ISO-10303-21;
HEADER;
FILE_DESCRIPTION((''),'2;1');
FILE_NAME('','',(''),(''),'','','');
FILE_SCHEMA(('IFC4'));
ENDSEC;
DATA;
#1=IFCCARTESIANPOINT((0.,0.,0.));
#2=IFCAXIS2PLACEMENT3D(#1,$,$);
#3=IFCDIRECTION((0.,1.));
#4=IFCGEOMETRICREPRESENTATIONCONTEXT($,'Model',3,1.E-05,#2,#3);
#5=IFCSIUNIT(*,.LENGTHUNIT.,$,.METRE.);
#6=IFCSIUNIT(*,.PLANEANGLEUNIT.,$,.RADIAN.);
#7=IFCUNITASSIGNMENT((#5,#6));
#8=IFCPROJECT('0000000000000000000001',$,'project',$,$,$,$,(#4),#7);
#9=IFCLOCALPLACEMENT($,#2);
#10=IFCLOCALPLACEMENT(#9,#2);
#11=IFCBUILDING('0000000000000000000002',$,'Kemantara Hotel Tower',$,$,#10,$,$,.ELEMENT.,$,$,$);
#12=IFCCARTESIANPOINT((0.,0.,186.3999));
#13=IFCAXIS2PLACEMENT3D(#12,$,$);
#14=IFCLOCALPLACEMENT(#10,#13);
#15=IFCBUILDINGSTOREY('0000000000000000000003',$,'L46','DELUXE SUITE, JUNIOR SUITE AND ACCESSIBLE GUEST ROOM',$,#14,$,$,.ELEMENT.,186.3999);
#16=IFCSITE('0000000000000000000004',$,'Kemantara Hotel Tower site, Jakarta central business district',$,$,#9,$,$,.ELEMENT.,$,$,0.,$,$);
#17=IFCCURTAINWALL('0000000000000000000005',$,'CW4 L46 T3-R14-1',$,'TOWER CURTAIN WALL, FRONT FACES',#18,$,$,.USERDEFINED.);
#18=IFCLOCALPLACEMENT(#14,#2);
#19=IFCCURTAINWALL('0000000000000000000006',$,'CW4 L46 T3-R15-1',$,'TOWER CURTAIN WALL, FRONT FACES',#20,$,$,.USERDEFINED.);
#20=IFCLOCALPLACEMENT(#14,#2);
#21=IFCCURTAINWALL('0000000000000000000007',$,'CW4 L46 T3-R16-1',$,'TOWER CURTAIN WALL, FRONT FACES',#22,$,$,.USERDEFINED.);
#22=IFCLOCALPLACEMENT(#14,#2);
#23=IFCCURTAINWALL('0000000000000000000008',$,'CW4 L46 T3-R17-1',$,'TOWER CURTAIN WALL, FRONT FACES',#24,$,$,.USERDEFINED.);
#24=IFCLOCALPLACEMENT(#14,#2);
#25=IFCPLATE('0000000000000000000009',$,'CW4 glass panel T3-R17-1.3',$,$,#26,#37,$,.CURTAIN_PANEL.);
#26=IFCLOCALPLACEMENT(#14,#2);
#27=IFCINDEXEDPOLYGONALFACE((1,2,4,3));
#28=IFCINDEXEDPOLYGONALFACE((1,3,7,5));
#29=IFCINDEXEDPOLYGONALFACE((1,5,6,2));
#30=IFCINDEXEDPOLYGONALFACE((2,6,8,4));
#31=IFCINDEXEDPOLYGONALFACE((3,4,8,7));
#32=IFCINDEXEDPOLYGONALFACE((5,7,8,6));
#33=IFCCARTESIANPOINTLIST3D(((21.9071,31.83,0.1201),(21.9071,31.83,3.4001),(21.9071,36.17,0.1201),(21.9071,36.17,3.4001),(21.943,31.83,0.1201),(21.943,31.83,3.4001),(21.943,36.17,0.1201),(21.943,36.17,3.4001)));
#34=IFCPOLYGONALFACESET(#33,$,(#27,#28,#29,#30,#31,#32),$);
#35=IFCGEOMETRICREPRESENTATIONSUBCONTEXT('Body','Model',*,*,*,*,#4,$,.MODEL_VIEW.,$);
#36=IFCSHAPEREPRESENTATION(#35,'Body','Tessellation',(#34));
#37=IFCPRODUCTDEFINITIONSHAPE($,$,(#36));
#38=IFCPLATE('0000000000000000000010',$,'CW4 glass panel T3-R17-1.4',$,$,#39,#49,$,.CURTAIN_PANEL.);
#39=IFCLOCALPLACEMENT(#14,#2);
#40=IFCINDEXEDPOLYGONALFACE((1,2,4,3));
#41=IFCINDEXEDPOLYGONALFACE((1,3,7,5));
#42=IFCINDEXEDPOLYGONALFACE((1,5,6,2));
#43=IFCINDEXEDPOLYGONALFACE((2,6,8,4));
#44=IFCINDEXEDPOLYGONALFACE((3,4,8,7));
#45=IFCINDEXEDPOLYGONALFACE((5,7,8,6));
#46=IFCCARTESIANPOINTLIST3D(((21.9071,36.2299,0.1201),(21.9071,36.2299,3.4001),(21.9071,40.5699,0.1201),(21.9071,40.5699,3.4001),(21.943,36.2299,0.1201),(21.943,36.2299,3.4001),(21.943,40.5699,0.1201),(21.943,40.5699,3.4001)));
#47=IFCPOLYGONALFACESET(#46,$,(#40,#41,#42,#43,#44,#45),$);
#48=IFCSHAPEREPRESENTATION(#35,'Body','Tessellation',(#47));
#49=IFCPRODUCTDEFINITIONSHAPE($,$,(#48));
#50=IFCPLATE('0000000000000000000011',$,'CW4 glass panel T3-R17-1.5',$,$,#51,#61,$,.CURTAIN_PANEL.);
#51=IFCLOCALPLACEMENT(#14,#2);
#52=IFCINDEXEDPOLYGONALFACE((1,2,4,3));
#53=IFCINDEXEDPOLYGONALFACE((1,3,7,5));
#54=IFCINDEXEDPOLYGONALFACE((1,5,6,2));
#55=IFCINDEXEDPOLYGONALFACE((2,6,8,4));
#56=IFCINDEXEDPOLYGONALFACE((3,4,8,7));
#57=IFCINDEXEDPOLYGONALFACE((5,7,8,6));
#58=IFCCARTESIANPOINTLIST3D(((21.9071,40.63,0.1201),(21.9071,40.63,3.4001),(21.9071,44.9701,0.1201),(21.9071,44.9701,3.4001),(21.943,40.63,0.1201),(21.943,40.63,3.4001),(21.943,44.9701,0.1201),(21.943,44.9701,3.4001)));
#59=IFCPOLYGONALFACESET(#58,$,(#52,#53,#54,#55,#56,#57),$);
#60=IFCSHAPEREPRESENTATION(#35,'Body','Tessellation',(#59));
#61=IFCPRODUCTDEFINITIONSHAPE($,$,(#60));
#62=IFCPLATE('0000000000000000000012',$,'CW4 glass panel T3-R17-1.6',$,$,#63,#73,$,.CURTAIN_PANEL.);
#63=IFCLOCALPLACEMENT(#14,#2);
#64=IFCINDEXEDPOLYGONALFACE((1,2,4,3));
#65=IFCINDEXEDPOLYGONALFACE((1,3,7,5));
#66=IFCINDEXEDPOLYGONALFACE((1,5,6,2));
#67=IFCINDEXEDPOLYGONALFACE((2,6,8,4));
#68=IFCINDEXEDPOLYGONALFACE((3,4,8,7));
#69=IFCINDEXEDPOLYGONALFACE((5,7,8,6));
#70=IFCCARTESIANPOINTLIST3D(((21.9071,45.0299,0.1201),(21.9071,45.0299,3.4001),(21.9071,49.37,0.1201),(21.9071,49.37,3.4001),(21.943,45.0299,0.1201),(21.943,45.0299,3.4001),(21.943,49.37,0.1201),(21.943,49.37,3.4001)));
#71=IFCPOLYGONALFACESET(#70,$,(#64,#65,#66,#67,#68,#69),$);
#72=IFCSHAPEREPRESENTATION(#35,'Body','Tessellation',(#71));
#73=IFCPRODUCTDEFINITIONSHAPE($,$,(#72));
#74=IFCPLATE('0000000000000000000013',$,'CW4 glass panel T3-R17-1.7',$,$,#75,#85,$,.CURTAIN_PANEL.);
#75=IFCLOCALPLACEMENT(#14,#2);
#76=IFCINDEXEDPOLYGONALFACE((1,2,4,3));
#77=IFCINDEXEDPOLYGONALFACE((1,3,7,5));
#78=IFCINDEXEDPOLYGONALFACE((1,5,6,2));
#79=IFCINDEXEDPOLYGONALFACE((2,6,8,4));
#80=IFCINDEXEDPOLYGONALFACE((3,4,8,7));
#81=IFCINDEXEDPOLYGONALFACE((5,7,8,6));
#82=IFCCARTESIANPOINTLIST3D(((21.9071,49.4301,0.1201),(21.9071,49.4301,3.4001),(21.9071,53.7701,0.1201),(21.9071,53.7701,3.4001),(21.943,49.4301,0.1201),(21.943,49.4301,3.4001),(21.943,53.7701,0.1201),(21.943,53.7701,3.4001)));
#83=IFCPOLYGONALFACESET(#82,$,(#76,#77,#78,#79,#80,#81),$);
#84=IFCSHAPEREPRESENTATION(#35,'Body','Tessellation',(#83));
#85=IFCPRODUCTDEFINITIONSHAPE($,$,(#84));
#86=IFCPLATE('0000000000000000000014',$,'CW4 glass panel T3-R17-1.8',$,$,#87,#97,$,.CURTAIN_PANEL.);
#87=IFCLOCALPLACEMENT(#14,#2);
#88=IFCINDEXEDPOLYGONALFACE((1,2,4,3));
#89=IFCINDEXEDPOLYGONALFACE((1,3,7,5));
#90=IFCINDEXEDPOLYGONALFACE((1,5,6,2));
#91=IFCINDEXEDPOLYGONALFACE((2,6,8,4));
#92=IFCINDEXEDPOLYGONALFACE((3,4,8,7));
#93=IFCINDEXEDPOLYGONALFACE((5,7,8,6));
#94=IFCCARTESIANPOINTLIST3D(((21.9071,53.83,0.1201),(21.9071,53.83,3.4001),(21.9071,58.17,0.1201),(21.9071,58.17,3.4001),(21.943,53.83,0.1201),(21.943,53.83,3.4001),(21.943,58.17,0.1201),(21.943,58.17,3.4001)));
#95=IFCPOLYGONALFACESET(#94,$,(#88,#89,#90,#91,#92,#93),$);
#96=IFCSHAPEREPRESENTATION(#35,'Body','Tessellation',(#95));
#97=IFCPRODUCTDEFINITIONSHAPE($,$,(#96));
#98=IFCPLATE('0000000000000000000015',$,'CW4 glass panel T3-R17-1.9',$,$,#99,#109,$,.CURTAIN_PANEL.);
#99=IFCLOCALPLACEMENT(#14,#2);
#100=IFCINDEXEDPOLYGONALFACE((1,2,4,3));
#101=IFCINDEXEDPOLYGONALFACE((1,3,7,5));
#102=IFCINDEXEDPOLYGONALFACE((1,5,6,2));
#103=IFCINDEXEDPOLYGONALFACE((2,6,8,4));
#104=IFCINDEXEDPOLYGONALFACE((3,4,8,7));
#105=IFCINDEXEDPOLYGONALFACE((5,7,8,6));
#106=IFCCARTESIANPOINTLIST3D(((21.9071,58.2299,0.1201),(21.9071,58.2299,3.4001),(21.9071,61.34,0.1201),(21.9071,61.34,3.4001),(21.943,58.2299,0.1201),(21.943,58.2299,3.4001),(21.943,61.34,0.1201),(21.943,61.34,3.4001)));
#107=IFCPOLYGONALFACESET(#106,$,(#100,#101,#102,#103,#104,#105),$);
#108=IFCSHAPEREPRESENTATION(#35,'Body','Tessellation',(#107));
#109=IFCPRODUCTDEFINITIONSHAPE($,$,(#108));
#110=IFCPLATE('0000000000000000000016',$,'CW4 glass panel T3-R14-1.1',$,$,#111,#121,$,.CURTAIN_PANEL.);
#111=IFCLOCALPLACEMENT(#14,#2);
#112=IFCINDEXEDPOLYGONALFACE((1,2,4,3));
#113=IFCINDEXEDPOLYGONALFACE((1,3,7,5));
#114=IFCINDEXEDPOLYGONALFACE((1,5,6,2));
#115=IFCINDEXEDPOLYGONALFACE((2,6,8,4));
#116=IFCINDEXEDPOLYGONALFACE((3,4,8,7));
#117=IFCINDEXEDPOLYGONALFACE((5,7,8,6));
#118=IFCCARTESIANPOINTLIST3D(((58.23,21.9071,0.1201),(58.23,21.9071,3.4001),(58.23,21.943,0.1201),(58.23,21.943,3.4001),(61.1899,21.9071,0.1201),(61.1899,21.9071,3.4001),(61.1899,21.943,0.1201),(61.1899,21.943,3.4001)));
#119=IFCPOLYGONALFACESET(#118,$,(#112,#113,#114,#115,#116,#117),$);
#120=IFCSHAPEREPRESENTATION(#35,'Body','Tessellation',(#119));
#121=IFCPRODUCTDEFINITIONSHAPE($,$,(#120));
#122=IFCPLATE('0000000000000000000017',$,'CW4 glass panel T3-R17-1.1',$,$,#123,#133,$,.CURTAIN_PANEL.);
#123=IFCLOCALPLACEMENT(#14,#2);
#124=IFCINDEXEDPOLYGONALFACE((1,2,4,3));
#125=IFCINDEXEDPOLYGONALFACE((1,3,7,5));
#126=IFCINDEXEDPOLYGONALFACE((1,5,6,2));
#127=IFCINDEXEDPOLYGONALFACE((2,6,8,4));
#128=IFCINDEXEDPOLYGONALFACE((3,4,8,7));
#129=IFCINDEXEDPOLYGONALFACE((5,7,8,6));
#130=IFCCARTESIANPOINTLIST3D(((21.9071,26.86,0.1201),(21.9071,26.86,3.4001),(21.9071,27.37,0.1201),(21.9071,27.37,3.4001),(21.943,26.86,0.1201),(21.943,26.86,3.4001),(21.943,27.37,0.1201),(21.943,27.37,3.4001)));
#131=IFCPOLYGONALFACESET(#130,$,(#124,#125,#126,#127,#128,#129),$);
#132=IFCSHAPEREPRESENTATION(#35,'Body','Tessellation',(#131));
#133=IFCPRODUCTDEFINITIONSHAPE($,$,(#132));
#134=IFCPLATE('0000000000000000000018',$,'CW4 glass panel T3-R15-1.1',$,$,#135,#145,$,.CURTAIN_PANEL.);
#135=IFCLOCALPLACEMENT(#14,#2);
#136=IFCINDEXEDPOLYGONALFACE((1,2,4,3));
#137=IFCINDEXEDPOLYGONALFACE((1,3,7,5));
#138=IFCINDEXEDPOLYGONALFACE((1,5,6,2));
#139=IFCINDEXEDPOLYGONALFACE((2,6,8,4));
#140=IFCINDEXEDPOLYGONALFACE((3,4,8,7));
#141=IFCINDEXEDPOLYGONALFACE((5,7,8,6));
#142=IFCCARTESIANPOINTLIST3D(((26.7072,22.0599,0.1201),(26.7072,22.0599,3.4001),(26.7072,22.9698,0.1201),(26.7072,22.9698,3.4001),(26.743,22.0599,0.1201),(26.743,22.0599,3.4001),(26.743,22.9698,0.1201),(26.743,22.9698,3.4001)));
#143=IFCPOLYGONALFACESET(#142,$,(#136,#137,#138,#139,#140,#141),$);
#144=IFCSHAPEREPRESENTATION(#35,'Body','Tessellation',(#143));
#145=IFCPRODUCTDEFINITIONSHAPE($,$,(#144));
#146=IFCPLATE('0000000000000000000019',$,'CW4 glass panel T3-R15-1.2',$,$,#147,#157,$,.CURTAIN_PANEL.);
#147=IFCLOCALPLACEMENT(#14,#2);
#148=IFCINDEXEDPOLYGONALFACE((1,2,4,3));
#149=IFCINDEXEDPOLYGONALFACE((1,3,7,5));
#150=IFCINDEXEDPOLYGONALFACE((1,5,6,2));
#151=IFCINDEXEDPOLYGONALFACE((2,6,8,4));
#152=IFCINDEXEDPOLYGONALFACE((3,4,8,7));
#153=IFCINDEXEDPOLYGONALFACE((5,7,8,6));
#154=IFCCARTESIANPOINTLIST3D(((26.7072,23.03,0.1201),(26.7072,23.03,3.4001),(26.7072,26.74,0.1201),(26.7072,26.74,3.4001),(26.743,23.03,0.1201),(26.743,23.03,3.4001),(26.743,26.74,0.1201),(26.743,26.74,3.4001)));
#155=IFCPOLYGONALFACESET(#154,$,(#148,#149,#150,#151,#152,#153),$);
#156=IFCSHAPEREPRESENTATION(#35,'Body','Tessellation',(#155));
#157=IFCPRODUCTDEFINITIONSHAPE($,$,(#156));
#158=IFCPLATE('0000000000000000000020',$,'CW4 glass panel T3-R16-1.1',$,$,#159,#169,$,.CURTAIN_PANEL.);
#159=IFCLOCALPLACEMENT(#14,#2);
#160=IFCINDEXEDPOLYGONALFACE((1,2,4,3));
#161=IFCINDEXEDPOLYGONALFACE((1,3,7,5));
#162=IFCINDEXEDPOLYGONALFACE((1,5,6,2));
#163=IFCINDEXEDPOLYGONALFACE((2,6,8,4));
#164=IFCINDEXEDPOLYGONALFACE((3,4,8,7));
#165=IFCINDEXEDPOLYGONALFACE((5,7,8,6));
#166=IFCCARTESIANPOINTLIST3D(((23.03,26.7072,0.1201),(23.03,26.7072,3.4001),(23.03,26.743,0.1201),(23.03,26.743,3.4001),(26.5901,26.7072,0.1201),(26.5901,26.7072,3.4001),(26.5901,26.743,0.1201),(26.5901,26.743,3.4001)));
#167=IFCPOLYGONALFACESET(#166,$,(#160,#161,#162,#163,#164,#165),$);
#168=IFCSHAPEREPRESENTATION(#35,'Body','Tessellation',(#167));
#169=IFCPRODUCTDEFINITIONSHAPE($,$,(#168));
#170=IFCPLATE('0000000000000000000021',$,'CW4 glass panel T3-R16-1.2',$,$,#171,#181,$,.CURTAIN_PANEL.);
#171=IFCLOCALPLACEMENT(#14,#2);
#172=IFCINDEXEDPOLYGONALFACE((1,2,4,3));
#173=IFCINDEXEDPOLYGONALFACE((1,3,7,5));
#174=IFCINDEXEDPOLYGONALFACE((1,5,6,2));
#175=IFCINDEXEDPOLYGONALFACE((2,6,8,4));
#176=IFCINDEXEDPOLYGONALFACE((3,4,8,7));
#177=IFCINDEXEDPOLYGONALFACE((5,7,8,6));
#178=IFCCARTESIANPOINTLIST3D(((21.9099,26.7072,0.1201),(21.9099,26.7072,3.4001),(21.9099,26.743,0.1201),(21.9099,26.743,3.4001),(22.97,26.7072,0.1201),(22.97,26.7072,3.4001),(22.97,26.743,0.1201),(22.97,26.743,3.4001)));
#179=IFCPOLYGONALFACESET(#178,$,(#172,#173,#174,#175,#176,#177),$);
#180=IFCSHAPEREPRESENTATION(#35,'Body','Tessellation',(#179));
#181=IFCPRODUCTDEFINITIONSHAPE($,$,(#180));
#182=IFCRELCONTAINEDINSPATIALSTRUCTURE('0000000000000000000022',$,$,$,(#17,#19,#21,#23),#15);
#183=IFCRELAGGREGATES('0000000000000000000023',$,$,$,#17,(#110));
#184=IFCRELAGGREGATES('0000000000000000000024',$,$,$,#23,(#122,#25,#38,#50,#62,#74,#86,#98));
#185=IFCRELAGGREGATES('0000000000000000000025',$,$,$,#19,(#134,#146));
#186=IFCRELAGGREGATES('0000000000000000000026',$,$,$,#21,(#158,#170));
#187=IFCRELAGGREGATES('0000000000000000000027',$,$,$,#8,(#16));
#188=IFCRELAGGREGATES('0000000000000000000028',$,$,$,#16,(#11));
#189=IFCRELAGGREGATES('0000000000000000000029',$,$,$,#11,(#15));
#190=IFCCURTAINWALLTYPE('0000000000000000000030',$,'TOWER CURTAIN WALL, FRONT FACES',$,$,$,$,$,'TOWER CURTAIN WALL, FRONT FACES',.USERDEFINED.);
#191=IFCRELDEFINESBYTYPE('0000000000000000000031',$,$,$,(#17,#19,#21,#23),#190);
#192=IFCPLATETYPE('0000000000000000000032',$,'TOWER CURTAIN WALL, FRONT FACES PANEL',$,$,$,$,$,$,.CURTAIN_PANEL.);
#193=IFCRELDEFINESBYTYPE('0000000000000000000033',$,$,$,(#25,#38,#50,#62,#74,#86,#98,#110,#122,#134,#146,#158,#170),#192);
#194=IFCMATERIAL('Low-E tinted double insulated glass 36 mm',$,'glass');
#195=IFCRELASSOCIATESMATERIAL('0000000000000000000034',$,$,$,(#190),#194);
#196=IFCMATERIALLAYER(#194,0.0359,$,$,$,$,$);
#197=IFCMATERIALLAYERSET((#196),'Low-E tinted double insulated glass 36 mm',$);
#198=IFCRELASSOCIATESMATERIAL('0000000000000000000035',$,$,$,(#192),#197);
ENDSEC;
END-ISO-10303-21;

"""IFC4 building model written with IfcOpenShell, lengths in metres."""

from ifc_helpers import new_model, si_unit, direction, frame, origin, origin_2d, place, context, subcontext, project, spatial, rectangle, extrude, source, transform, mapped, material, layer, layer_set, type_object, element, aggregate, save


model = new_model("IFC4")

# Units and contexts
model_context = context("Model", 3, precision=1e-05, world=origin(), true_north=direction((0.0, 1.0)))
body_context = subcontext(model_context, "Body", "Model", "MODEL_VIEW")
ifc_project = project(units=[si_unit("LENGTHUNIT", "METRE"), si_unit("PLANEANGLEUNIT", "RADIAN")], contexts=[model_context])

# Site, building, storey
site_placement = place(None, origin())
site = spatial("IfcSite", under=ifc_project, at=site_placement, Name="Kemantara Hotel Tower site, Jakarta central business district", CompositionType="ELEMENT", RefElevation=0.0)
building_placement = place(site_placement, origin())
building = spatial("IfcBuilding", under=site, at=building_placement, Name="Kemantara Hotel Tower", CompositionType="ELEMENT")
storey_placement = place(building_placement, frame((0.0, 0.0, 186.3999)))
storey = spatial("IfcBuildingStorey", under=building, at=storey_placement, Name="L46", Description="DELUXE SUITE, JUNIOR SUITE AND ACCESSIBLE GUEST ROOM", CompositionType="ELEMENT", Elevation=186.3999)

# Curtain walls
ifc_material_1 = material(Name="Low-E tinted double insulated glass 36 mm", Category="glass")
curtain_wall_type = type_object("IfcCurtainWallType", Name="TOWER CURTAIN WALL, FRONT FACES", ElementType="TOWER CURTAIN WALL, FRONT FACES", PredefinedType="USERDEFINED", material=ifc_material_1)
curtain_wall_1_placement = place(storey_placement, origin())
curtain_wall_1 = element("IfcCurtainWall", 1, at=curtain_wall_1_placement, inside=storey, type_object=curtain_wall_type, Name="CW4 L46 T3-R14-1", ObjectType="TOWER CURTAIN WALL, FRONT FACES", PredefinedType="USERDEFINED")
curtain_wall_2_placement = place(storey_placement, origin())
curtain_wall_2 = element("IfcCurtainWall", 2, at=curtain_wall_2_placement, inside=storey, type_object=curtain_wall_type, Name="CW4 L46 T3-R15-1", ObjectType="TOWER CURTAIN WALL, FRONT FACES", PredefinedType="USERDEFINED")
curtain_wall_3_placement = place(storey_placement, origin())
curtain_wall_3 = element("IfcCurtainWall", 3, at=curtain_wall_3_placement, inside=storey, type_object=curtain_wall_type, Name="CW4 L46 T3-R16-1", ObjectType="TOWER CURTAIN WALL, FRONT FACES", PredefinedType="USERDEFINED")

# Curtain wall
curtain_wall_4_placement = place(storey_placement, origin())
curtain_wall_4 = element("IfcCurtainWall", 4, at=curtain_wall_4_placement, inside=storey, type_object=curtain_wall_type, Name="CW4 L46 T3-R17-1", ObjectType="TOWER CURTAIN WALL, FRONT FACES", PredefinedType="USERDEFINED")

# Plates
ifc_layer_1 = layer(ifc_material_1, 0.0359)
ifc_layer_set_1 = layer_set([ifc_layer_1], Name="Low-E tinted double insulated glass 36 mm")
plate_type = type_object("IfcPlateType", Name="TOWER CURTAIN WALL, FRONT FACES PANEL", PredefinedType="CURTAIN_PANEL", material=ifc_layer_set_1)
shared_shape_1 = source(origin(), body_context, "Body", "SweptSolid", [
    extrude(rectangle(XDim=4.3401, YDim=0.0359, at=origin_2d()), origin(), (0.0, 0.0, 1.0), 3.28),
])
plate_1_placement = place(storey_placement, frame((21.925, 34.0, 0.1201), z_axis=(0.0, 0.0, 1.0), x_axis=(0.0, 1.0, 0.0)))
plate_1 = element("IfcPlate", 5, at=plate_1_placement, type_object=plate_type, Name="CW4 glass panel T3-R17-1.3", PredefinedType="CURTAIN_PANEL", context=body_context, shape_type="MappedRepresentation", body=[
    mapped(shared_shape_1, transform((0.0, 0.0, 0.0))),
])
plate_2_placement = place(storey_placement, frame((21.925, 38.3999, 0.1201), z_axis=(0.0, 0.0, 1.0), x_axis=(0.0, 1.0, 0.0)))
plate_2 = element("IfcPlate", 6, at=plate_2_placement, type_object=plate_type, Name="CW4 glass panel T3-R17-1.4", PredefinedType="CURTAIN_PANEL", context=body_context, shape_type="MappedRepresentation", body=[
    mapped(shared_shape_1, transform((0.0, 0.0, 0.0))),
])
plate_3_placement = place(storey_placement, frame((21.925, 42.8, 0.1201), z_axis=(0.0, 0.0, 1.0), x_axis=(0.0, 1.0, 0.0)))
plate_3 = element("IfcPlate", 7, at=plate_3_placement, type_object=plate_type, Name="CW4 glass panel T3-R17-1.5", PredefinedType="CURTAIN_PANEL", context=body_context, shape_type="MappedRepresentation", body=[
    mapped(shared_shape_1, transform((0.0, 0.0, 0.0))),
])
plate_4_placement = place(storey_placement, frame((21.925, 47.2, 0.1201), z_axis=(0.0, 0.0, 1.0), x_axis=(0.0, 1.0, 0.0)))
plate_4 = element("IfcPlate", 8, at=plate_4_placement, type_object=plate_type, Name="CW4 glass panel T3-R17-1.6", PredefinedType="CURTAIN_PANEL", context=body_context, shape_type="MappedRepresentation", body=[
    mapped(shared_shape_1, transform((0.0, 0.0, 0.0))),
])
plate_5_placement = place(storey_placement, frame((21.925, 51.6001, 0.1201), z_axis=(0.0, 0.0, 1.0), x_axis=(0.0, 1.0, 0.0)))
plate_5 = element("IfcPlate", 9, at=plate_5_placement, type_object=plate_type, Name="CW4 glass panel T3-R17-1.7", PredefinedType="CURTAIN_PANEL", context=body_context, shape_type="MappedRepresentation", body=[
    mapped(shared_shape_1, transform((0.0, 0.0, 0.0))),
])
plate_6_placement = place(storey_placement, frame((21.925, 56.0, 0.1201), z_axis=(0.0, 0.0, 1.0), x_axis=(0.0, 1.0, 0.0)))
plate_6 = element("IfcPlate", 10, at=plate_6_placement, type_object=plate_type, Name="CW4 glass panel T3-R17-1.8", PredefinedType="CURTAIN_PANEL", context=body_context, shape_type="MappedRepresentation", body=[
    mapped(shared_shape_1, transform((0.0, 0.0, 0.0))),
])
shared_shape_2 = source(origin(), body_context, "Body", "SweptSolid", [
    extrude(rectangle(XDim=3.1101, YDim=0.0359, at=origin_2d()), origin(), (0.0, 0.0, 1.0), 3.28),
])
plate_7_placement = place(storey_placement, frame((21.925, 59.7849, 0.1201), z_axis=(0.0, 0.0, 1.0), x_axis=(0.0, 1.0, 0.0)))
plate_7 = element("IfcPlate", 11, at=plate_7_placement, type_object=plate_type, Name="CW4 glass panel T3-R17-1.9", PredefinedType="CURTAIN_PANEL", context=body_context, shape_type="MappedRepresentation", body=[
    mapped(shared_shape_2, transform((0.0, 0.0, 0.0))),
])
shared_shape_3 = source(origin(), body_context, "Body", "SweptSolid", [
    extrude(rectangle(XDim=2.96, YDim=0.0359, at=origin_2d()), origin(), (0.0, 0.0, 1.0), 3.28),
])
plate_8_placement = place(storey_placement, frame((59.71, 21.925, 0.1201), z_axis=(0.0, 0.0, 1.0), x_axis=(-1.0, 0.0, 0.0)))
plate_8 = element("IfcPlate", 12, at=plate_8_placement, type_object=plate_type, Name="CW4 glass panel T3-R14-1.1", PredefinedType="CURTAIN_PANEL", context=body_context, shape_type="MappedRepresentation", body=[
    mapped(shared_shape_3, transform((0.0, 0.0, 0.0))),
])
aggregate(curtain_wall_1, [plate_8])
shared_shape_4 = source(origin(), body_context, "Body", "SweptSolid", [
    extrude(rectangle(XDim=0.51, YDim=0.0359, at=origin_2d()), origin(), (0.0, 0.0, 1.0), 3.28),
])
plate_9_placement = place(storey_placement, frame((21.925, 27.115, 0.1201), z_axis=(0.0, 0.0, 1.0), x_axis=(0.0, 1.0, 0.0)))
plate_9 = element("IfcPlate", 13, at=plate_9_placement, type_object=plate_type, Name="CW4 glass panel T3-R17-1.1", PredefinedType="CURTAIN_PANEL", context=body_context, shape_type="MappedRepresentation", body=[
    mapped(shared_shape_4, transform((0.0, 0.0, 0.0))),
])
aggregate(curtain_wall_4, [plate_9, plate_1, plate_2, plate_3, plate_4, plate_5, plate_6, plate_7])
shared_shape_5 = source(origin(), body_context, "Body", "SweptSolid", [
    extrude(rectangle(XDim=0.9099, YDim=0.0359, at=origin_2d()), origin(), (0.0, 0.0, 1.0), 3.28),
])
plate_10_placement = place(storey_placement, frame((26.7251, 22.5149, 0.1201), z_axis=(0.0, 0.0, 1.0), x_axis=(0.0, 1.0, 0.0)))
plate_10 = element("IfcPlate", 14, at=plate_10_placement, type_object=plate_type, Name="CW4 glass panel T3-R15-1.1", PredefinedType="CURTAIN_PANEL", context=body_context, shape_type="MappedRepresentation", body=[
    mapped(shared_shape_5, transform((0.0, 0.0, 0.0))),
])
shared_shape_6 = source(origin(), body_context, "Body", "SweptSolid", [
    extrude(rectangle(XDim=3.71, YDim=0.0359, at=origin_2d()), origin(), (0.0, 0.0, 1.0), 3.28),
])
plate_11_placement = place(storey_placement, frame((26.7251, 24.885, 0.1201), z_axis=(0.0, 0.0, 1.0), x_axis=(0.0, 1.0, 0.0)))
plate_11 = element("IfcPlate", 15, at=plate_11_placement, type_object=plate_type, Name="CW4 glass panel T3-R15-1.2", PredefinedType="CURTAIN_PANEL", context=body_context, shape_type="MappedRepresentation", body=[
    mapped(shared_shape_6, transform((0.0, 0.0, 0.0))),
])
aggregate(curtain_wall_2, [plate_10, plate_11])
shared_shape_7 = source(origin(), body_context, "Body", "SweptSolid", [
    extrude(rectangle(XDim=3.5601, YDim=0.0359, at=origin_2d()), origin(), (0.0, 0.0, 1.0), 3.28),
])
plate_12_placement = place(storey_placement, frame((24.8101, 26.7251, 0.1201), z_axis=(0.0, 0.0, 1.0), x_axis=(-1.0, 0.0, 0.0)))
plate_12 = element("IfcPlate", 16, at=plate_12_placement, type_object=plate_type, Name="CW4 glass panel T3-R16-1.1", PredefinedType="CURTAIN_PANEL", context=body_context, shape_type="MappedRepresentation", body=[
    mapped(shared_shape_7, transform((0.0, 0.0, 0.0))),
])
shared_shape_8 = source(origin(), body_context, "Body", "SweptSolid", [
    extrude(rectangle(XDim=1.0601, YDim=0.0359, at=origin_2d()), origin(), (0.0, 0.0, 1.0), 3.28),
])
plate_13_placement = place(storey_placement, frame((22.4399, 26.7251, 0.1201), z_axis=(0.0, 0.0, 1.0), x_axis=(-1.0, 0.0, 0.0)))
plate_13 = element("IfcPlate", 17, at=plate_13_placement, type_object=plate_type, Name="CW4 glass panel T3-R16-1.2", PredefinedType="CURTAIN_PANEL", context=body_context, shape_type="MappedRepresentation", body=[
    mapped(shared_shape_8, transform((0.0, 0.0, 0.0))),
])
aggregate(curtain_wall_3, [plate_12, plate_13])

save(model, "model.ifc")
